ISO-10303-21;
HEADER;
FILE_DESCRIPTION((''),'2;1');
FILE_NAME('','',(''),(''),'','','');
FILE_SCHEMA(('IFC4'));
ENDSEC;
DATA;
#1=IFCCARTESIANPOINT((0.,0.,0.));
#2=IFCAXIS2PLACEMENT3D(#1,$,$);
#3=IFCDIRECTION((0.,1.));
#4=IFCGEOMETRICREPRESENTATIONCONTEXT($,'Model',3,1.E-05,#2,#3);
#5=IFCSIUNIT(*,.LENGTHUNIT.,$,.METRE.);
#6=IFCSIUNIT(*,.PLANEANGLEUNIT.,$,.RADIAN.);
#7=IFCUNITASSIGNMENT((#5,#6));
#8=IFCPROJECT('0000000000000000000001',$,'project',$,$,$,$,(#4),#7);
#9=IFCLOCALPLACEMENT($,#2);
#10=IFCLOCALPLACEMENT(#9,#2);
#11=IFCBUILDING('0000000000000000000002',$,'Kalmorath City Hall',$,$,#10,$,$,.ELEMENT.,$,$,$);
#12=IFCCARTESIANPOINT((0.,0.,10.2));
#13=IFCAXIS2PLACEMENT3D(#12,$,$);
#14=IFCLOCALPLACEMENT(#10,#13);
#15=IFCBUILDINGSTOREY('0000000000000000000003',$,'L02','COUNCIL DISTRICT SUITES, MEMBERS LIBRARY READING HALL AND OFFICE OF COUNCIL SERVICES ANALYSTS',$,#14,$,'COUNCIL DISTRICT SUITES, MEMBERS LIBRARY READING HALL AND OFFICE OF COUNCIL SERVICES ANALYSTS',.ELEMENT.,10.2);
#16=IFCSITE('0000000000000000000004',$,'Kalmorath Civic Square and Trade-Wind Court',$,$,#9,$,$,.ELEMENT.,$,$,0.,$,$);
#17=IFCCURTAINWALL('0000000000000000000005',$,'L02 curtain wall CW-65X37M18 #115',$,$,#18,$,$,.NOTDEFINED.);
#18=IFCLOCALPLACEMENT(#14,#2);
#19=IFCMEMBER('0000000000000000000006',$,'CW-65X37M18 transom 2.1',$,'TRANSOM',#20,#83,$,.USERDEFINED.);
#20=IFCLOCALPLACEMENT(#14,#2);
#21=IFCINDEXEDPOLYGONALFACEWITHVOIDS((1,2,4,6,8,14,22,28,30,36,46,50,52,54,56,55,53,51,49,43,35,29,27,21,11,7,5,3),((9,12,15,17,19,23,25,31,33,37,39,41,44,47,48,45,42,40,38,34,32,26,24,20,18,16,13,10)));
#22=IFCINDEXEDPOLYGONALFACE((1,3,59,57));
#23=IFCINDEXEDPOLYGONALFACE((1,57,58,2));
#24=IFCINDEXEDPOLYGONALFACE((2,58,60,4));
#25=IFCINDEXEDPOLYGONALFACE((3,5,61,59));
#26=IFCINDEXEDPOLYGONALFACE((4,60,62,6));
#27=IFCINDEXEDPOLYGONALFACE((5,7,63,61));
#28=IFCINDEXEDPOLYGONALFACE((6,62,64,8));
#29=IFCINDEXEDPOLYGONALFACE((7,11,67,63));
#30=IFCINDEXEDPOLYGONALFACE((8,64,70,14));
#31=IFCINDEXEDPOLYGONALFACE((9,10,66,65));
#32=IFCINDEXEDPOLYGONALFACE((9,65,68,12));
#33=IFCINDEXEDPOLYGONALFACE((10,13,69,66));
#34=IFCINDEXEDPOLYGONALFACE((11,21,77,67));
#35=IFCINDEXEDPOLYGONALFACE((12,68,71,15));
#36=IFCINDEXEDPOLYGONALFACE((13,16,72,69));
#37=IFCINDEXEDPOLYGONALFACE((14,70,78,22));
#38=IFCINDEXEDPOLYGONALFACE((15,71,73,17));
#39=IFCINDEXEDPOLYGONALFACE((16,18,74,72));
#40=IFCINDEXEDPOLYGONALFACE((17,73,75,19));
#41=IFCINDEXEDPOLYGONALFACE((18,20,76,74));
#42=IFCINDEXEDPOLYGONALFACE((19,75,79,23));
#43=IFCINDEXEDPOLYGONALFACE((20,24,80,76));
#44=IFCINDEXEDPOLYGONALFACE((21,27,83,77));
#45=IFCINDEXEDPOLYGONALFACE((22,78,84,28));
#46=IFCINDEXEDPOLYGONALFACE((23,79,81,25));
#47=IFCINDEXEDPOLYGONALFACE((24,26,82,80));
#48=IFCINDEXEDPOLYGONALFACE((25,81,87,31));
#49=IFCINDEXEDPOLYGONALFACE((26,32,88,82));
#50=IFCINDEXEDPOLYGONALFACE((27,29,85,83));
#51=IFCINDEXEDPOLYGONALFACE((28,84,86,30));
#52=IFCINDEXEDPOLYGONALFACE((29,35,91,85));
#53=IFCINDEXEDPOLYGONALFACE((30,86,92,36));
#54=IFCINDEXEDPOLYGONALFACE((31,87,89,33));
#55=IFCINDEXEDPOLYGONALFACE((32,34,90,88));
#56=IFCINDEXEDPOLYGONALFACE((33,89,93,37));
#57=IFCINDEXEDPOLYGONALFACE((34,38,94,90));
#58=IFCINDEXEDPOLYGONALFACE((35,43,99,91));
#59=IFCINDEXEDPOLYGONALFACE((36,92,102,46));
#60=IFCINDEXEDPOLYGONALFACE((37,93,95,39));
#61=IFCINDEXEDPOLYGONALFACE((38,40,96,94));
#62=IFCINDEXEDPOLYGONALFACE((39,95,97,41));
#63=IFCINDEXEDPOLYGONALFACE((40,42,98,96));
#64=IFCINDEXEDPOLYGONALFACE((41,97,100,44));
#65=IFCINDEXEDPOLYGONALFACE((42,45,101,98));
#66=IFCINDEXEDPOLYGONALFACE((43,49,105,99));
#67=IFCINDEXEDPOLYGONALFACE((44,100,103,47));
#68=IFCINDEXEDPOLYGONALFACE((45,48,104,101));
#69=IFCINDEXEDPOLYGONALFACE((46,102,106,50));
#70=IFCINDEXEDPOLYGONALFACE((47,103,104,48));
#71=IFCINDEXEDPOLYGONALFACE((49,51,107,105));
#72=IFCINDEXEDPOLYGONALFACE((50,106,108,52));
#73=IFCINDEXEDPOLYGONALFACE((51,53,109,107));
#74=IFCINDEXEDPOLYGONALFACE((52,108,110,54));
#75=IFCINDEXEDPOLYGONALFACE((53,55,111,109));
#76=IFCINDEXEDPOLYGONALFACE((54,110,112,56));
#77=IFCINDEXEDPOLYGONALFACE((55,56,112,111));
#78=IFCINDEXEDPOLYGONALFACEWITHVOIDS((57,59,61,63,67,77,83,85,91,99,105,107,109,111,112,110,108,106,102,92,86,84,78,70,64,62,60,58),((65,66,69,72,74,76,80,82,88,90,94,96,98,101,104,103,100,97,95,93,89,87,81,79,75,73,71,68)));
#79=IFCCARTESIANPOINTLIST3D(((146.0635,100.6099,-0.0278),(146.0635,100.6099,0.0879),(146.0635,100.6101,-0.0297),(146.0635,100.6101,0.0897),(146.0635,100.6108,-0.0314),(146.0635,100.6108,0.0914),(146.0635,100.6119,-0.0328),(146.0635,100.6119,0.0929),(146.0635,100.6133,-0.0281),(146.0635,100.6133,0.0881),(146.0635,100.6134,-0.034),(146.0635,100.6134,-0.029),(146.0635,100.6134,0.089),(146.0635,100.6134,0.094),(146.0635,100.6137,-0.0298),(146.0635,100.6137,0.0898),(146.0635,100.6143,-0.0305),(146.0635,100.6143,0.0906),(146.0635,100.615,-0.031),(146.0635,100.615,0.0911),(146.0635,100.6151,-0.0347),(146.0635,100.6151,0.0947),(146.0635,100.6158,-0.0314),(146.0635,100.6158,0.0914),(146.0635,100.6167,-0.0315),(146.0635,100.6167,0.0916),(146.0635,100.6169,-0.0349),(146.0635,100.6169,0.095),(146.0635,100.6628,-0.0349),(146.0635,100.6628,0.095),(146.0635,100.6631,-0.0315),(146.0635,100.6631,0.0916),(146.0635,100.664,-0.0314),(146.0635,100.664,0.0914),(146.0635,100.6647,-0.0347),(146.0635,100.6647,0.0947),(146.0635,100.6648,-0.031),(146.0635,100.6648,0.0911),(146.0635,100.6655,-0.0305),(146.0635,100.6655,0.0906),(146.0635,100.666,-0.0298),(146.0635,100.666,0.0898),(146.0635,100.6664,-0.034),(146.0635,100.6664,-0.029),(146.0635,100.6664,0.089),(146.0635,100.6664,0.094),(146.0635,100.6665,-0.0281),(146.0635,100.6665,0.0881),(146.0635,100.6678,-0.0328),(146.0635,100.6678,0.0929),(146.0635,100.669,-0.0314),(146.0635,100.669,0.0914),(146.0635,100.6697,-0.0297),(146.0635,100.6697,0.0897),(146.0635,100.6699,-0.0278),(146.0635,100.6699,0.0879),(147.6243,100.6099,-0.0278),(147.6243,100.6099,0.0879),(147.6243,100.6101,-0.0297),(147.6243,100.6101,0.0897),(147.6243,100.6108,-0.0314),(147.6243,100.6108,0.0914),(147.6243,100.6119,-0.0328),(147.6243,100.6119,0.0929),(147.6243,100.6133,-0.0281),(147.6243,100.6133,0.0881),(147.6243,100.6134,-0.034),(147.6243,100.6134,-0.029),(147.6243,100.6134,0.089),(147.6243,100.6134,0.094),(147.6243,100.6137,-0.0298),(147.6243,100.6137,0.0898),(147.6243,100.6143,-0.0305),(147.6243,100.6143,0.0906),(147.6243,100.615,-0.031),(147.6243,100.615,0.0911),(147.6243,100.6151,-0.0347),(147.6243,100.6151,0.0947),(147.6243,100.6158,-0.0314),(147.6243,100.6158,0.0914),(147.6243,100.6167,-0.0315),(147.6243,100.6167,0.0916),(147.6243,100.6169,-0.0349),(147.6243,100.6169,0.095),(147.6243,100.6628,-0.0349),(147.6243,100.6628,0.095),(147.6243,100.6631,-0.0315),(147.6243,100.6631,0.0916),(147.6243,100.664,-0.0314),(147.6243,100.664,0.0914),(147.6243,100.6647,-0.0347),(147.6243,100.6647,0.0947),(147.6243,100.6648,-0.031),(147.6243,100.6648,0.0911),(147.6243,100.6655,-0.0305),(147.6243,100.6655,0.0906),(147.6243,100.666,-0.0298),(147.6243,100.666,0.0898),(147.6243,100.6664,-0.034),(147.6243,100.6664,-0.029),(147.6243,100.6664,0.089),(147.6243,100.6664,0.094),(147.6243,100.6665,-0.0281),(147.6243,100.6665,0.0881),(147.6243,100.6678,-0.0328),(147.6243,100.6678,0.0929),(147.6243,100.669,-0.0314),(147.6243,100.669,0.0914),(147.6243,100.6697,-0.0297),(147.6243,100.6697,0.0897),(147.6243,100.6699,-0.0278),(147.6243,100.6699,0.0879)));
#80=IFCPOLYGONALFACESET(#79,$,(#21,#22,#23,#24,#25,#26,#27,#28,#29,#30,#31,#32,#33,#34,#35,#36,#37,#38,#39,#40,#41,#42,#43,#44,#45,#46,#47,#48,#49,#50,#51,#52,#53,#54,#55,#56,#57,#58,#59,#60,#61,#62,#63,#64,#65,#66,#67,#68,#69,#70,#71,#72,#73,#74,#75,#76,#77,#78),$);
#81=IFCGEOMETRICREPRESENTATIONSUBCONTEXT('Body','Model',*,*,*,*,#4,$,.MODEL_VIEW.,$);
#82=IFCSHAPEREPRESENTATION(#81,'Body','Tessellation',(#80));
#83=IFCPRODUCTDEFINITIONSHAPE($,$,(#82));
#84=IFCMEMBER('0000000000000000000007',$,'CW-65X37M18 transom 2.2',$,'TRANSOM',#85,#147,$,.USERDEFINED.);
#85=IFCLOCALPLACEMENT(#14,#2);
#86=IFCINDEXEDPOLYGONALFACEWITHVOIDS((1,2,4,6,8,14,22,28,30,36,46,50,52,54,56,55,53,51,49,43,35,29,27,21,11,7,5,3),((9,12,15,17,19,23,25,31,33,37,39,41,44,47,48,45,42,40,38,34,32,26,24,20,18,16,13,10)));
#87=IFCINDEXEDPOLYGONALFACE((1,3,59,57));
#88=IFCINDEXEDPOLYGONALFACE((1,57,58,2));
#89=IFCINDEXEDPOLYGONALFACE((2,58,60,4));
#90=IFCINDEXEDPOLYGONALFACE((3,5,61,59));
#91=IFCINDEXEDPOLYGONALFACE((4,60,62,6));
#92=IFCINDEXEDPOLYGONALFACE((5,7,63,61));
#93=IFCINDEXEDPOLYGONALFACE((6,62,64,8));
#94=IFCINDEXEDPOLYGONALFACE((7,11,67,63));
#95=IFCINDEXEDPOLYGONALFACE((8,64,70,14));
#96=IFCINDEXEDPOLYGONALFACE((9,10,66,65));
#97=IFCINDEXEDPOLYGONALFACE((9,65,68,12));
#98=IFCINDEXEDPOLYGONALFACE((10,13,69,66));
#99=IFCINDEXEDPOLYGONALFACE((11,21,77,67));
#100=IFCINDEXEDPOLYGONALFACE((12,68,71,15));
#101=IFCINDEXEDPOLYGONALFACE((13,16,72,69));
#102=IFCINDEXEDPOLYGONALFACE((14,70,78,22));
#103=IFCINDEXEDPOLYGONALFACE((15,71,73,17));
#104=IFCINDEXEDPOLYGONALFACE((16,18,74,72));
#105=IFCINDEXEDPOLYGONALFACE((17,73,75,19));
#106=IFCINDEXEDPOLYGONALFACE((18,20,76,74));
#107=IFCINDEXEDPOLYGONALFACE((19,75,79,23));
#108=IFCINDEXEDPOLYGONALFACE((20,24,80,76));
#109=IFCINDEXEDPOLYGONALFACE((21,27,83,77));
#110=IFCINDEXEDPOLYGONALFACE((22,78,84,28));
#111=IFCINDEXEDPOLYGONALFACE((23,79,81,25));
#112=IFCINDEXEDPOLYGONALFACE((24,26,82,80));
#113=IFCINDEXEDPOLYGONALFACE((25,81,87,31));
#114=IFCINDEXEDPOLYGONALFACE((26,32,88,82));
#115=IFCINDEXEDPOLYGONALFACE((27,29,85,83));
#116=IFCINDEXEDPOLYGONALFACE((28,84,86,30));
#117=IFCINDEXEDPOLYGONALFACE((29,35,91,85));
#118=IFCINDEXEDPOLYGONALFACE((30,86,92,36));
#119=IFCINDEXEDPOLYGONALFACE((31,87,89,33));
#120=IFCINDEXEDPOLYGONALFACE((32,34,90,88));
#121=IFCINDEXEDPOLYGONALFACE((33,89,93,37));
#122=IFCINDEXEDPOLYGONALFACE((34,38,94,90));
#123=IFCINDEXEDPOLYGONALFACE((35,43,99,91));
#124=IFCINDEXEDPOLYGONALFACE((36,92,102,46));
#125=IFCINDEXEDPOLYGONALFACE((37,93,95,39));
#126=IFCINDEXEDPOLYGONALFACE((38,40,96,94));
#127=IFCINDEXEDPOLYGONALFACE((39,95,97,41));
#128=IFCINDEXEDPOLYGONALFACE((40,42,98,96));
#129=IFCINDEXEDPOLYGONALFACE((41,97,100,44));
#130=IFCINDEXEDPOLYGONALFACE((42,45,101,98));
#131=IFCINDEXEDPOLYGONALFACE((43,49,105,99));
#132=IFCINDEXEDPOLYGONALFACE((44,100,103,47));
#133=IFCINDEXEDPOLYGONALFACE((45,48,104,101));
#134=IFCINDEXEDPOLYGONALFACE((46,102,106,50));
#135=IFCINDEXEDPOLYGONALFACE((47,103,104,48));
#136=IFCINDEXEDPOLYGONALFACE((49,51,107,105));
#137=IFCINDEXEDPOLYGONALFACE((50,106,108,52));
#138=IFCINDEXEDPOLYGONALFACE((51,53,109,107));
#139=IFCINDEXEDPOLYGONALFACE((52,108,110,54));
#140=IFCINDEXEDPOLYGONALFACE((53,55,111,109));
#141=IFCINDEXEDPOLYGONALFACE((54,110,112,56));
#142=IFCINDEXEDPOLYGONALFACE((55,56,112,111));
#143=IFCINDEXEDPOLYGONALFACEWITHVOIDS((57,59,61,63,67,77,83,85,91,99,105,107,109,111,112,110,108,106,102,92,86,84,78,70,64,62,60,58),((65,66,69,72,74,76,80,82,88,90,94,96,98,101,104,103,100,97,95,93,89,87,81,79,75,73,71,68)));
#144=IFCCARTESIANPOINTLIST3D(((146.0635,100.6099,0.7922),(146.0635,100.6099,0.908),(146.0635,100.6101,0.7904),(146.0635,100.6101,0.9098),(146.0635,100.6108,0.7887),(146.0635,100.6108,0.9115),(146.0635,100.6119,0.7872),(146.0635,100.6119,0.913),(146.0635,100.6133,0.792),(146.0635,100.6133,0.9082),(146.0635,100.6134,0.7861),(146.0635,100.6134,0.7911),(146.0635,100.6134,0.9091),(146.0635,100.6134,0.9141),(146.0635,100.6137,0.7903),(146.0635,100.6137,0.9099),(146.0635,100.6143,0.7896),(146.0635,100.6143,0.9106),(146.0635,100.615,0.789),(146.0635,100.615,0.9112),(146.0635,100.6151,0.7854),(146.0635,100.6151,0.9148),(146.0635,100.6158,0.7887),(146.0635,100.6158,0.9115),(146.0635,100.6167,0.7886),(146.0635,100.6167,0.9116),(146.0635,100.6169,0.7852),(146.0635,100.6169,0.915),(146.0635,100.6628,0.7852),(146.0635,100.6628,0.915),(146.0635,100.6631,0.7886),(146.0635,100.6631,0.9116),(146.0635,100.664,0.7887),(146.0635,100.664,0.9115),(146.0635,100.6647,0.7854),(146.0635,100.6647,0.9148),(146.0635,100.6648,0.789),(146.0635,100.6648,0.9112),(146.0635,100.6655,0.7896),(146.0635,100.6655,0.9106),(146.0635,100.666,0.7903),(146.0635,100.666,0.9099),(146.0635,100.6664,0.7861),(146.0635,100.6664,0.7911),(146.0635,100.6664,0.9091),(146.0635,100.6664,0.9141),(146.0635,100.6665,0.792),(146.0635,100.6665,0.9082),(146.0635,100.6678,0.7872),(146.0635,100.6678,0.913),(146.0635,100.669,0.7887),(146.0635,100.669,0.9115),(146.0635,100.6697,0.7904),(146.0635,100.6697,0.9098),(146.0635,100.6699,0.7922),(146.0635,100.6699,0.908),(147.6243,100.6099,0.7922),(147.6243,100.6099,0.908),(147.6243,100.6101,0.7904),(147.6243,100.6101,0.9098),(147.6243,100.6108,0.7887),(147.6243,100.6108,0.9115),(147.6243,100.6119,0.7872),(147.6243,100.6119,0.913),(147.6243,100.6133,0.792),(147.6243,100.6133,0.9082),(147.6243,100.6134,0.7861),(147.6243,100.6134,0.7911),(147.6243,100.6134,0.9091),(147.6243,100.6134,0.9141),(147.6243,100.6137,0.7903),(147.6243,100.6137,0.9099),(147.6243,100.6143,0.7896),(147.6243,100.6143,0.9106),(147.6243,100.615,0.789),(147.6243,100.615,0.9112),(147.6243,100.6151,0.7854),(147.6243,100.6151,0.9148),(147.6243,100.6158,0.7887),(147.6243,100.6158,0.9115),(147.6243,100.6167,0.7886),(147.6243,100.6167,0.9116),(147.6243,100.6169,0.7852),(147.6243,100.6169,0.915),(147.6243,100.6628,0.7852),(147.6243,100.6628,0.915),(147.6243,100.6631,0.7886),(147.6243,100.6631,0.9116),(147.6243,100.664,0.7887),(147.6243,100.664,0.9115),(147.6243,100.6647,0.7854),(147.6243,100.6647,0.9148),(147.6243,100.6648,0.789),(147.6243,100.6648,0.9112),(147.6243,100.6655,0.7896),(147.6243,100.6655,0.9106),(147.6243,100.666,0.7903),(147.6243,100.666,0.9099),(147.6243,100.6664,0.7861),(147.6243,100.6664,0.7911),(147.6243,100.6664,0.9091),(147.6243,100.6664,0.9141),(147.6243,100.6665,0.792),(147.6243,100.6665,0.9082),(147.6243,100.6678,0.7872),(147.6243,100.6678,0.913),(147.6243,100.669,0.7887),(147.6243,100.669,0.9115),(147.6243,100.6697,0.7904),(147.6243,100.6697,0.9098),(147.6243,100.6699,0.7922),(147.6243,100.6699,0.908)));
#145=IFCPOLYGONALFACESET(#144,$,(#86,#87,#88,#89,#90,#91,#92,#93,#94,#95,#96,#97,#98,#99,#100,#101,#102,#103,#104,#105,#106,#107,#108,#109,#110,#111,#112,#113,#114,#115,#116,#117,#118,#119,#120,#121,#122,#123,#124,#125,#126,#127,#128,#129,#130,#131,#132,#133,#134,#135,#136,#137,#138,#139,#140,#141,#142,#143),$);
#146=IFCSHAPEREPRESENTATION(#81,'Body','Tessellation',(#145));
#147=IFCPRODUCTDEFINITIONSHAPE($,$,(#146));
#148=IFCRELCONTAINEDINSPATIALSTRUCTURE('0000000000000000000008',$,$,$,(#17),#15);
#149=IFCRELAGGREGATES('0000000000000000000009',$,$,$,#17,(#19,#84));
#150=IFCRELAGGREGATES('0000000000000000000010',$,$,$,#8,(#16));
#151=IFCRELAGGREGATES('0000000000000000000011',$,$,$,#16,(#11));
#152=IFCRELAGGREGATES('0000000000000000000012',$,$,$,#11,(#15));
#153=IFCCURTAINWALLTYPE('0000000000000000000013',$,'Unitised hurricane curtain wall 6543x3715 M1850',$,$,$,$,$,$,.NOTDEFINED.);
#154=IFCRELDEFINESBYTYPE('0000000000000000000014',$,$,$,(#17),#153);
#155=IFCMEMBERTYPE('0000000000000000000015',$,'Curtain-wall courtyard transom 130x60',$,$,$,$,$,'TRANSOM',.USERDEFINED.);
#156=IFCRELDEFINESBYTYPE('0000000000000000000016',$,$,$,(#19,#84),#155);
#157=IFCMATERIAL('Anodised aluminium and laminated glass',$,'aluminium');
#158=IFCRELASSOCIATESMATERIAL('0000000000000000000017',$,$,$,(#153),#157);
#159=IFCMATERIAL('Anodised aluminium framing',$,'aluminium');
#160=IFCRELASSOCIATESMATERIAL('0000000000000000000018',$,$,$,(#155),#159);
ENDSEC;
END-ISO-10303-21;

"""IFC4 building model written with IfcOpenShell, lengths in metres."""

from ifc_helpers import new_model, si_unit, direction, frame, origin, origin_2d, place, context, subcontext, project, spatial, hollow_rectangle, extrude, material, material_profile, profile_set, type_object, element, aggregate, save


model = new_model("IFC4")

# Units and contexts
model_context = context("Model", 3, precision=1e-05, world=origin(), true_north=direction((0.0, 1.0)))
body_context = subcontext(model_context, "Body", "Model", "MODEL_VIEW")
ifc_project = project(units=[si_unit("LENGTHUNIT", "METRE"), si_unit("PLANEANGLEUNIT", "RADIAN")], contexts=[model_context])

# Site, building, storey
site_placement = place(None, origin())
site = spatial("IfcSite", under=ifc_project, at=site_placement, Name="Kalmorath Civic Square and Trade-Wind Court", CompositionType="ELEMENT", RefElevation=0.0)
building_placement = place(site_placement, origin())
building = spatial("IfcBuilding", under=site, at=building_placement, Name="Kalmorath City Hall", CompositionType="ELEMENT")
storey_placement = place(building_placement, frame((0.0, 0.0, 10.2)))
storey = spatial("IfcBuildingStorey", under=building, at=storey_placement, Name="L02", Description="COUNCIL DISTRICT SUITES, MEMBERS LIBRARY READING HALL AND OFFICE OF COUNCIL SERVICES ANALYSTS", LongName="COUNCIL DISTRICT SUITES, MEMBERS LIBRARY READING HALL AND OFFICE OF COUNCIL SERVICES ANALYSTS", CompositionType="ELEMENT", Elevation=10.2)

# Curtain wall, members
ifc_material_1 = material(Name="Anodised aluminium and laminated glass", Category="aluminium")
curtain_wall_type = type_object("IfcCurtainWallType", Name="Unitised hurricane curtain wall 6543x3715 M1850", PredefinedType="NOTDEFINED", material=ifc_material_1)
curtain_wall_placement = place(storey_placement, origin())
curtain_wall = element("IfcCurtainWall", 1, at=curtain_wall_placement, inside=storey, type_object=curtain_wall_type, Name="L02 curtain wall CW-65X37M18 #115", PredefinedType="NOTDEFINED")
ifc_material_2 = material(Name="Anodised aluminium framing", Category="aluminium")
ifc_material_profile_1 = material_profile(ifc_material_2, hollow_rectangle(XDim=0.0601, YDim=0.1299, WallThickness=0.0034, InnerFilletRadius=0.0034, OuterFilletRadius=0.0071, at=origin_2d()), Name="ALU-TRN-130X60X3.5")
ifc_profile_set_1 = profile_set([ifc_material_profile_1], Name="Anodised aluminium framing")
member_type_1 = type_object("IfcMemberType", Name="Curtain-wall courtyard transom 130x60", ElementType="TRANSOM", PredefinedType="USERDEFINED", material=ifc_profile_set_1)
member_1_placement = place(storey_placement, frame((146.0635, 100.6399, 0.03), z_axis=(1.0, 0.0, 0.0), x_axis=(0.0, 1.0, 0.0)))
member_1 = element("IfcMember", 2, at=member_1_placement, type_object=member_type_1, Name="CW-65X37M18 transom 2.1", ObjectType="TRANSOM", PredefinedType="USERDEFINED", context=body_context, shape_type="SweptSolid", body=[
    extrude(hollow_rectangle(XDim=0.0601, YDim=0.1299, WallThickness=0.0034, InnerFilletRadius=0.0034, OuterFilletRadius=0.0071, at=origin_2d()), origin(), (0.0, 0.0, 1.0), 1.5608),
])
member_2_placement = place(storey_placement, frame((146.0635, 100.6399, 0.8501), z_axis=(1.0, 0.0, 0.0), x_axis=(0.0, 1.0, 0.0)))
member_2 = element("IfcMember", 3, at=member_2_placement, type_object=member_type_1, Name="CW-65X37M18 transom 2.2", ObjectType="TRANSOM", PredefinedType="USERDEFINED", context=body_context, shape_type="SweptSolid", body=[
    extrude(hollow_rectangle(XDim=0.0601, YDim=0.1299, WallThickness=0.0034, InnerFilletRadius=0.0034, OuterFilletRadius=0.0071, at=origin_2d()), origin(), (0.0, 0.0, 1.0), 1.5608),
])
aggregate(curtain_wall, [member_1, member_2])

save(model, "model.ifc")
